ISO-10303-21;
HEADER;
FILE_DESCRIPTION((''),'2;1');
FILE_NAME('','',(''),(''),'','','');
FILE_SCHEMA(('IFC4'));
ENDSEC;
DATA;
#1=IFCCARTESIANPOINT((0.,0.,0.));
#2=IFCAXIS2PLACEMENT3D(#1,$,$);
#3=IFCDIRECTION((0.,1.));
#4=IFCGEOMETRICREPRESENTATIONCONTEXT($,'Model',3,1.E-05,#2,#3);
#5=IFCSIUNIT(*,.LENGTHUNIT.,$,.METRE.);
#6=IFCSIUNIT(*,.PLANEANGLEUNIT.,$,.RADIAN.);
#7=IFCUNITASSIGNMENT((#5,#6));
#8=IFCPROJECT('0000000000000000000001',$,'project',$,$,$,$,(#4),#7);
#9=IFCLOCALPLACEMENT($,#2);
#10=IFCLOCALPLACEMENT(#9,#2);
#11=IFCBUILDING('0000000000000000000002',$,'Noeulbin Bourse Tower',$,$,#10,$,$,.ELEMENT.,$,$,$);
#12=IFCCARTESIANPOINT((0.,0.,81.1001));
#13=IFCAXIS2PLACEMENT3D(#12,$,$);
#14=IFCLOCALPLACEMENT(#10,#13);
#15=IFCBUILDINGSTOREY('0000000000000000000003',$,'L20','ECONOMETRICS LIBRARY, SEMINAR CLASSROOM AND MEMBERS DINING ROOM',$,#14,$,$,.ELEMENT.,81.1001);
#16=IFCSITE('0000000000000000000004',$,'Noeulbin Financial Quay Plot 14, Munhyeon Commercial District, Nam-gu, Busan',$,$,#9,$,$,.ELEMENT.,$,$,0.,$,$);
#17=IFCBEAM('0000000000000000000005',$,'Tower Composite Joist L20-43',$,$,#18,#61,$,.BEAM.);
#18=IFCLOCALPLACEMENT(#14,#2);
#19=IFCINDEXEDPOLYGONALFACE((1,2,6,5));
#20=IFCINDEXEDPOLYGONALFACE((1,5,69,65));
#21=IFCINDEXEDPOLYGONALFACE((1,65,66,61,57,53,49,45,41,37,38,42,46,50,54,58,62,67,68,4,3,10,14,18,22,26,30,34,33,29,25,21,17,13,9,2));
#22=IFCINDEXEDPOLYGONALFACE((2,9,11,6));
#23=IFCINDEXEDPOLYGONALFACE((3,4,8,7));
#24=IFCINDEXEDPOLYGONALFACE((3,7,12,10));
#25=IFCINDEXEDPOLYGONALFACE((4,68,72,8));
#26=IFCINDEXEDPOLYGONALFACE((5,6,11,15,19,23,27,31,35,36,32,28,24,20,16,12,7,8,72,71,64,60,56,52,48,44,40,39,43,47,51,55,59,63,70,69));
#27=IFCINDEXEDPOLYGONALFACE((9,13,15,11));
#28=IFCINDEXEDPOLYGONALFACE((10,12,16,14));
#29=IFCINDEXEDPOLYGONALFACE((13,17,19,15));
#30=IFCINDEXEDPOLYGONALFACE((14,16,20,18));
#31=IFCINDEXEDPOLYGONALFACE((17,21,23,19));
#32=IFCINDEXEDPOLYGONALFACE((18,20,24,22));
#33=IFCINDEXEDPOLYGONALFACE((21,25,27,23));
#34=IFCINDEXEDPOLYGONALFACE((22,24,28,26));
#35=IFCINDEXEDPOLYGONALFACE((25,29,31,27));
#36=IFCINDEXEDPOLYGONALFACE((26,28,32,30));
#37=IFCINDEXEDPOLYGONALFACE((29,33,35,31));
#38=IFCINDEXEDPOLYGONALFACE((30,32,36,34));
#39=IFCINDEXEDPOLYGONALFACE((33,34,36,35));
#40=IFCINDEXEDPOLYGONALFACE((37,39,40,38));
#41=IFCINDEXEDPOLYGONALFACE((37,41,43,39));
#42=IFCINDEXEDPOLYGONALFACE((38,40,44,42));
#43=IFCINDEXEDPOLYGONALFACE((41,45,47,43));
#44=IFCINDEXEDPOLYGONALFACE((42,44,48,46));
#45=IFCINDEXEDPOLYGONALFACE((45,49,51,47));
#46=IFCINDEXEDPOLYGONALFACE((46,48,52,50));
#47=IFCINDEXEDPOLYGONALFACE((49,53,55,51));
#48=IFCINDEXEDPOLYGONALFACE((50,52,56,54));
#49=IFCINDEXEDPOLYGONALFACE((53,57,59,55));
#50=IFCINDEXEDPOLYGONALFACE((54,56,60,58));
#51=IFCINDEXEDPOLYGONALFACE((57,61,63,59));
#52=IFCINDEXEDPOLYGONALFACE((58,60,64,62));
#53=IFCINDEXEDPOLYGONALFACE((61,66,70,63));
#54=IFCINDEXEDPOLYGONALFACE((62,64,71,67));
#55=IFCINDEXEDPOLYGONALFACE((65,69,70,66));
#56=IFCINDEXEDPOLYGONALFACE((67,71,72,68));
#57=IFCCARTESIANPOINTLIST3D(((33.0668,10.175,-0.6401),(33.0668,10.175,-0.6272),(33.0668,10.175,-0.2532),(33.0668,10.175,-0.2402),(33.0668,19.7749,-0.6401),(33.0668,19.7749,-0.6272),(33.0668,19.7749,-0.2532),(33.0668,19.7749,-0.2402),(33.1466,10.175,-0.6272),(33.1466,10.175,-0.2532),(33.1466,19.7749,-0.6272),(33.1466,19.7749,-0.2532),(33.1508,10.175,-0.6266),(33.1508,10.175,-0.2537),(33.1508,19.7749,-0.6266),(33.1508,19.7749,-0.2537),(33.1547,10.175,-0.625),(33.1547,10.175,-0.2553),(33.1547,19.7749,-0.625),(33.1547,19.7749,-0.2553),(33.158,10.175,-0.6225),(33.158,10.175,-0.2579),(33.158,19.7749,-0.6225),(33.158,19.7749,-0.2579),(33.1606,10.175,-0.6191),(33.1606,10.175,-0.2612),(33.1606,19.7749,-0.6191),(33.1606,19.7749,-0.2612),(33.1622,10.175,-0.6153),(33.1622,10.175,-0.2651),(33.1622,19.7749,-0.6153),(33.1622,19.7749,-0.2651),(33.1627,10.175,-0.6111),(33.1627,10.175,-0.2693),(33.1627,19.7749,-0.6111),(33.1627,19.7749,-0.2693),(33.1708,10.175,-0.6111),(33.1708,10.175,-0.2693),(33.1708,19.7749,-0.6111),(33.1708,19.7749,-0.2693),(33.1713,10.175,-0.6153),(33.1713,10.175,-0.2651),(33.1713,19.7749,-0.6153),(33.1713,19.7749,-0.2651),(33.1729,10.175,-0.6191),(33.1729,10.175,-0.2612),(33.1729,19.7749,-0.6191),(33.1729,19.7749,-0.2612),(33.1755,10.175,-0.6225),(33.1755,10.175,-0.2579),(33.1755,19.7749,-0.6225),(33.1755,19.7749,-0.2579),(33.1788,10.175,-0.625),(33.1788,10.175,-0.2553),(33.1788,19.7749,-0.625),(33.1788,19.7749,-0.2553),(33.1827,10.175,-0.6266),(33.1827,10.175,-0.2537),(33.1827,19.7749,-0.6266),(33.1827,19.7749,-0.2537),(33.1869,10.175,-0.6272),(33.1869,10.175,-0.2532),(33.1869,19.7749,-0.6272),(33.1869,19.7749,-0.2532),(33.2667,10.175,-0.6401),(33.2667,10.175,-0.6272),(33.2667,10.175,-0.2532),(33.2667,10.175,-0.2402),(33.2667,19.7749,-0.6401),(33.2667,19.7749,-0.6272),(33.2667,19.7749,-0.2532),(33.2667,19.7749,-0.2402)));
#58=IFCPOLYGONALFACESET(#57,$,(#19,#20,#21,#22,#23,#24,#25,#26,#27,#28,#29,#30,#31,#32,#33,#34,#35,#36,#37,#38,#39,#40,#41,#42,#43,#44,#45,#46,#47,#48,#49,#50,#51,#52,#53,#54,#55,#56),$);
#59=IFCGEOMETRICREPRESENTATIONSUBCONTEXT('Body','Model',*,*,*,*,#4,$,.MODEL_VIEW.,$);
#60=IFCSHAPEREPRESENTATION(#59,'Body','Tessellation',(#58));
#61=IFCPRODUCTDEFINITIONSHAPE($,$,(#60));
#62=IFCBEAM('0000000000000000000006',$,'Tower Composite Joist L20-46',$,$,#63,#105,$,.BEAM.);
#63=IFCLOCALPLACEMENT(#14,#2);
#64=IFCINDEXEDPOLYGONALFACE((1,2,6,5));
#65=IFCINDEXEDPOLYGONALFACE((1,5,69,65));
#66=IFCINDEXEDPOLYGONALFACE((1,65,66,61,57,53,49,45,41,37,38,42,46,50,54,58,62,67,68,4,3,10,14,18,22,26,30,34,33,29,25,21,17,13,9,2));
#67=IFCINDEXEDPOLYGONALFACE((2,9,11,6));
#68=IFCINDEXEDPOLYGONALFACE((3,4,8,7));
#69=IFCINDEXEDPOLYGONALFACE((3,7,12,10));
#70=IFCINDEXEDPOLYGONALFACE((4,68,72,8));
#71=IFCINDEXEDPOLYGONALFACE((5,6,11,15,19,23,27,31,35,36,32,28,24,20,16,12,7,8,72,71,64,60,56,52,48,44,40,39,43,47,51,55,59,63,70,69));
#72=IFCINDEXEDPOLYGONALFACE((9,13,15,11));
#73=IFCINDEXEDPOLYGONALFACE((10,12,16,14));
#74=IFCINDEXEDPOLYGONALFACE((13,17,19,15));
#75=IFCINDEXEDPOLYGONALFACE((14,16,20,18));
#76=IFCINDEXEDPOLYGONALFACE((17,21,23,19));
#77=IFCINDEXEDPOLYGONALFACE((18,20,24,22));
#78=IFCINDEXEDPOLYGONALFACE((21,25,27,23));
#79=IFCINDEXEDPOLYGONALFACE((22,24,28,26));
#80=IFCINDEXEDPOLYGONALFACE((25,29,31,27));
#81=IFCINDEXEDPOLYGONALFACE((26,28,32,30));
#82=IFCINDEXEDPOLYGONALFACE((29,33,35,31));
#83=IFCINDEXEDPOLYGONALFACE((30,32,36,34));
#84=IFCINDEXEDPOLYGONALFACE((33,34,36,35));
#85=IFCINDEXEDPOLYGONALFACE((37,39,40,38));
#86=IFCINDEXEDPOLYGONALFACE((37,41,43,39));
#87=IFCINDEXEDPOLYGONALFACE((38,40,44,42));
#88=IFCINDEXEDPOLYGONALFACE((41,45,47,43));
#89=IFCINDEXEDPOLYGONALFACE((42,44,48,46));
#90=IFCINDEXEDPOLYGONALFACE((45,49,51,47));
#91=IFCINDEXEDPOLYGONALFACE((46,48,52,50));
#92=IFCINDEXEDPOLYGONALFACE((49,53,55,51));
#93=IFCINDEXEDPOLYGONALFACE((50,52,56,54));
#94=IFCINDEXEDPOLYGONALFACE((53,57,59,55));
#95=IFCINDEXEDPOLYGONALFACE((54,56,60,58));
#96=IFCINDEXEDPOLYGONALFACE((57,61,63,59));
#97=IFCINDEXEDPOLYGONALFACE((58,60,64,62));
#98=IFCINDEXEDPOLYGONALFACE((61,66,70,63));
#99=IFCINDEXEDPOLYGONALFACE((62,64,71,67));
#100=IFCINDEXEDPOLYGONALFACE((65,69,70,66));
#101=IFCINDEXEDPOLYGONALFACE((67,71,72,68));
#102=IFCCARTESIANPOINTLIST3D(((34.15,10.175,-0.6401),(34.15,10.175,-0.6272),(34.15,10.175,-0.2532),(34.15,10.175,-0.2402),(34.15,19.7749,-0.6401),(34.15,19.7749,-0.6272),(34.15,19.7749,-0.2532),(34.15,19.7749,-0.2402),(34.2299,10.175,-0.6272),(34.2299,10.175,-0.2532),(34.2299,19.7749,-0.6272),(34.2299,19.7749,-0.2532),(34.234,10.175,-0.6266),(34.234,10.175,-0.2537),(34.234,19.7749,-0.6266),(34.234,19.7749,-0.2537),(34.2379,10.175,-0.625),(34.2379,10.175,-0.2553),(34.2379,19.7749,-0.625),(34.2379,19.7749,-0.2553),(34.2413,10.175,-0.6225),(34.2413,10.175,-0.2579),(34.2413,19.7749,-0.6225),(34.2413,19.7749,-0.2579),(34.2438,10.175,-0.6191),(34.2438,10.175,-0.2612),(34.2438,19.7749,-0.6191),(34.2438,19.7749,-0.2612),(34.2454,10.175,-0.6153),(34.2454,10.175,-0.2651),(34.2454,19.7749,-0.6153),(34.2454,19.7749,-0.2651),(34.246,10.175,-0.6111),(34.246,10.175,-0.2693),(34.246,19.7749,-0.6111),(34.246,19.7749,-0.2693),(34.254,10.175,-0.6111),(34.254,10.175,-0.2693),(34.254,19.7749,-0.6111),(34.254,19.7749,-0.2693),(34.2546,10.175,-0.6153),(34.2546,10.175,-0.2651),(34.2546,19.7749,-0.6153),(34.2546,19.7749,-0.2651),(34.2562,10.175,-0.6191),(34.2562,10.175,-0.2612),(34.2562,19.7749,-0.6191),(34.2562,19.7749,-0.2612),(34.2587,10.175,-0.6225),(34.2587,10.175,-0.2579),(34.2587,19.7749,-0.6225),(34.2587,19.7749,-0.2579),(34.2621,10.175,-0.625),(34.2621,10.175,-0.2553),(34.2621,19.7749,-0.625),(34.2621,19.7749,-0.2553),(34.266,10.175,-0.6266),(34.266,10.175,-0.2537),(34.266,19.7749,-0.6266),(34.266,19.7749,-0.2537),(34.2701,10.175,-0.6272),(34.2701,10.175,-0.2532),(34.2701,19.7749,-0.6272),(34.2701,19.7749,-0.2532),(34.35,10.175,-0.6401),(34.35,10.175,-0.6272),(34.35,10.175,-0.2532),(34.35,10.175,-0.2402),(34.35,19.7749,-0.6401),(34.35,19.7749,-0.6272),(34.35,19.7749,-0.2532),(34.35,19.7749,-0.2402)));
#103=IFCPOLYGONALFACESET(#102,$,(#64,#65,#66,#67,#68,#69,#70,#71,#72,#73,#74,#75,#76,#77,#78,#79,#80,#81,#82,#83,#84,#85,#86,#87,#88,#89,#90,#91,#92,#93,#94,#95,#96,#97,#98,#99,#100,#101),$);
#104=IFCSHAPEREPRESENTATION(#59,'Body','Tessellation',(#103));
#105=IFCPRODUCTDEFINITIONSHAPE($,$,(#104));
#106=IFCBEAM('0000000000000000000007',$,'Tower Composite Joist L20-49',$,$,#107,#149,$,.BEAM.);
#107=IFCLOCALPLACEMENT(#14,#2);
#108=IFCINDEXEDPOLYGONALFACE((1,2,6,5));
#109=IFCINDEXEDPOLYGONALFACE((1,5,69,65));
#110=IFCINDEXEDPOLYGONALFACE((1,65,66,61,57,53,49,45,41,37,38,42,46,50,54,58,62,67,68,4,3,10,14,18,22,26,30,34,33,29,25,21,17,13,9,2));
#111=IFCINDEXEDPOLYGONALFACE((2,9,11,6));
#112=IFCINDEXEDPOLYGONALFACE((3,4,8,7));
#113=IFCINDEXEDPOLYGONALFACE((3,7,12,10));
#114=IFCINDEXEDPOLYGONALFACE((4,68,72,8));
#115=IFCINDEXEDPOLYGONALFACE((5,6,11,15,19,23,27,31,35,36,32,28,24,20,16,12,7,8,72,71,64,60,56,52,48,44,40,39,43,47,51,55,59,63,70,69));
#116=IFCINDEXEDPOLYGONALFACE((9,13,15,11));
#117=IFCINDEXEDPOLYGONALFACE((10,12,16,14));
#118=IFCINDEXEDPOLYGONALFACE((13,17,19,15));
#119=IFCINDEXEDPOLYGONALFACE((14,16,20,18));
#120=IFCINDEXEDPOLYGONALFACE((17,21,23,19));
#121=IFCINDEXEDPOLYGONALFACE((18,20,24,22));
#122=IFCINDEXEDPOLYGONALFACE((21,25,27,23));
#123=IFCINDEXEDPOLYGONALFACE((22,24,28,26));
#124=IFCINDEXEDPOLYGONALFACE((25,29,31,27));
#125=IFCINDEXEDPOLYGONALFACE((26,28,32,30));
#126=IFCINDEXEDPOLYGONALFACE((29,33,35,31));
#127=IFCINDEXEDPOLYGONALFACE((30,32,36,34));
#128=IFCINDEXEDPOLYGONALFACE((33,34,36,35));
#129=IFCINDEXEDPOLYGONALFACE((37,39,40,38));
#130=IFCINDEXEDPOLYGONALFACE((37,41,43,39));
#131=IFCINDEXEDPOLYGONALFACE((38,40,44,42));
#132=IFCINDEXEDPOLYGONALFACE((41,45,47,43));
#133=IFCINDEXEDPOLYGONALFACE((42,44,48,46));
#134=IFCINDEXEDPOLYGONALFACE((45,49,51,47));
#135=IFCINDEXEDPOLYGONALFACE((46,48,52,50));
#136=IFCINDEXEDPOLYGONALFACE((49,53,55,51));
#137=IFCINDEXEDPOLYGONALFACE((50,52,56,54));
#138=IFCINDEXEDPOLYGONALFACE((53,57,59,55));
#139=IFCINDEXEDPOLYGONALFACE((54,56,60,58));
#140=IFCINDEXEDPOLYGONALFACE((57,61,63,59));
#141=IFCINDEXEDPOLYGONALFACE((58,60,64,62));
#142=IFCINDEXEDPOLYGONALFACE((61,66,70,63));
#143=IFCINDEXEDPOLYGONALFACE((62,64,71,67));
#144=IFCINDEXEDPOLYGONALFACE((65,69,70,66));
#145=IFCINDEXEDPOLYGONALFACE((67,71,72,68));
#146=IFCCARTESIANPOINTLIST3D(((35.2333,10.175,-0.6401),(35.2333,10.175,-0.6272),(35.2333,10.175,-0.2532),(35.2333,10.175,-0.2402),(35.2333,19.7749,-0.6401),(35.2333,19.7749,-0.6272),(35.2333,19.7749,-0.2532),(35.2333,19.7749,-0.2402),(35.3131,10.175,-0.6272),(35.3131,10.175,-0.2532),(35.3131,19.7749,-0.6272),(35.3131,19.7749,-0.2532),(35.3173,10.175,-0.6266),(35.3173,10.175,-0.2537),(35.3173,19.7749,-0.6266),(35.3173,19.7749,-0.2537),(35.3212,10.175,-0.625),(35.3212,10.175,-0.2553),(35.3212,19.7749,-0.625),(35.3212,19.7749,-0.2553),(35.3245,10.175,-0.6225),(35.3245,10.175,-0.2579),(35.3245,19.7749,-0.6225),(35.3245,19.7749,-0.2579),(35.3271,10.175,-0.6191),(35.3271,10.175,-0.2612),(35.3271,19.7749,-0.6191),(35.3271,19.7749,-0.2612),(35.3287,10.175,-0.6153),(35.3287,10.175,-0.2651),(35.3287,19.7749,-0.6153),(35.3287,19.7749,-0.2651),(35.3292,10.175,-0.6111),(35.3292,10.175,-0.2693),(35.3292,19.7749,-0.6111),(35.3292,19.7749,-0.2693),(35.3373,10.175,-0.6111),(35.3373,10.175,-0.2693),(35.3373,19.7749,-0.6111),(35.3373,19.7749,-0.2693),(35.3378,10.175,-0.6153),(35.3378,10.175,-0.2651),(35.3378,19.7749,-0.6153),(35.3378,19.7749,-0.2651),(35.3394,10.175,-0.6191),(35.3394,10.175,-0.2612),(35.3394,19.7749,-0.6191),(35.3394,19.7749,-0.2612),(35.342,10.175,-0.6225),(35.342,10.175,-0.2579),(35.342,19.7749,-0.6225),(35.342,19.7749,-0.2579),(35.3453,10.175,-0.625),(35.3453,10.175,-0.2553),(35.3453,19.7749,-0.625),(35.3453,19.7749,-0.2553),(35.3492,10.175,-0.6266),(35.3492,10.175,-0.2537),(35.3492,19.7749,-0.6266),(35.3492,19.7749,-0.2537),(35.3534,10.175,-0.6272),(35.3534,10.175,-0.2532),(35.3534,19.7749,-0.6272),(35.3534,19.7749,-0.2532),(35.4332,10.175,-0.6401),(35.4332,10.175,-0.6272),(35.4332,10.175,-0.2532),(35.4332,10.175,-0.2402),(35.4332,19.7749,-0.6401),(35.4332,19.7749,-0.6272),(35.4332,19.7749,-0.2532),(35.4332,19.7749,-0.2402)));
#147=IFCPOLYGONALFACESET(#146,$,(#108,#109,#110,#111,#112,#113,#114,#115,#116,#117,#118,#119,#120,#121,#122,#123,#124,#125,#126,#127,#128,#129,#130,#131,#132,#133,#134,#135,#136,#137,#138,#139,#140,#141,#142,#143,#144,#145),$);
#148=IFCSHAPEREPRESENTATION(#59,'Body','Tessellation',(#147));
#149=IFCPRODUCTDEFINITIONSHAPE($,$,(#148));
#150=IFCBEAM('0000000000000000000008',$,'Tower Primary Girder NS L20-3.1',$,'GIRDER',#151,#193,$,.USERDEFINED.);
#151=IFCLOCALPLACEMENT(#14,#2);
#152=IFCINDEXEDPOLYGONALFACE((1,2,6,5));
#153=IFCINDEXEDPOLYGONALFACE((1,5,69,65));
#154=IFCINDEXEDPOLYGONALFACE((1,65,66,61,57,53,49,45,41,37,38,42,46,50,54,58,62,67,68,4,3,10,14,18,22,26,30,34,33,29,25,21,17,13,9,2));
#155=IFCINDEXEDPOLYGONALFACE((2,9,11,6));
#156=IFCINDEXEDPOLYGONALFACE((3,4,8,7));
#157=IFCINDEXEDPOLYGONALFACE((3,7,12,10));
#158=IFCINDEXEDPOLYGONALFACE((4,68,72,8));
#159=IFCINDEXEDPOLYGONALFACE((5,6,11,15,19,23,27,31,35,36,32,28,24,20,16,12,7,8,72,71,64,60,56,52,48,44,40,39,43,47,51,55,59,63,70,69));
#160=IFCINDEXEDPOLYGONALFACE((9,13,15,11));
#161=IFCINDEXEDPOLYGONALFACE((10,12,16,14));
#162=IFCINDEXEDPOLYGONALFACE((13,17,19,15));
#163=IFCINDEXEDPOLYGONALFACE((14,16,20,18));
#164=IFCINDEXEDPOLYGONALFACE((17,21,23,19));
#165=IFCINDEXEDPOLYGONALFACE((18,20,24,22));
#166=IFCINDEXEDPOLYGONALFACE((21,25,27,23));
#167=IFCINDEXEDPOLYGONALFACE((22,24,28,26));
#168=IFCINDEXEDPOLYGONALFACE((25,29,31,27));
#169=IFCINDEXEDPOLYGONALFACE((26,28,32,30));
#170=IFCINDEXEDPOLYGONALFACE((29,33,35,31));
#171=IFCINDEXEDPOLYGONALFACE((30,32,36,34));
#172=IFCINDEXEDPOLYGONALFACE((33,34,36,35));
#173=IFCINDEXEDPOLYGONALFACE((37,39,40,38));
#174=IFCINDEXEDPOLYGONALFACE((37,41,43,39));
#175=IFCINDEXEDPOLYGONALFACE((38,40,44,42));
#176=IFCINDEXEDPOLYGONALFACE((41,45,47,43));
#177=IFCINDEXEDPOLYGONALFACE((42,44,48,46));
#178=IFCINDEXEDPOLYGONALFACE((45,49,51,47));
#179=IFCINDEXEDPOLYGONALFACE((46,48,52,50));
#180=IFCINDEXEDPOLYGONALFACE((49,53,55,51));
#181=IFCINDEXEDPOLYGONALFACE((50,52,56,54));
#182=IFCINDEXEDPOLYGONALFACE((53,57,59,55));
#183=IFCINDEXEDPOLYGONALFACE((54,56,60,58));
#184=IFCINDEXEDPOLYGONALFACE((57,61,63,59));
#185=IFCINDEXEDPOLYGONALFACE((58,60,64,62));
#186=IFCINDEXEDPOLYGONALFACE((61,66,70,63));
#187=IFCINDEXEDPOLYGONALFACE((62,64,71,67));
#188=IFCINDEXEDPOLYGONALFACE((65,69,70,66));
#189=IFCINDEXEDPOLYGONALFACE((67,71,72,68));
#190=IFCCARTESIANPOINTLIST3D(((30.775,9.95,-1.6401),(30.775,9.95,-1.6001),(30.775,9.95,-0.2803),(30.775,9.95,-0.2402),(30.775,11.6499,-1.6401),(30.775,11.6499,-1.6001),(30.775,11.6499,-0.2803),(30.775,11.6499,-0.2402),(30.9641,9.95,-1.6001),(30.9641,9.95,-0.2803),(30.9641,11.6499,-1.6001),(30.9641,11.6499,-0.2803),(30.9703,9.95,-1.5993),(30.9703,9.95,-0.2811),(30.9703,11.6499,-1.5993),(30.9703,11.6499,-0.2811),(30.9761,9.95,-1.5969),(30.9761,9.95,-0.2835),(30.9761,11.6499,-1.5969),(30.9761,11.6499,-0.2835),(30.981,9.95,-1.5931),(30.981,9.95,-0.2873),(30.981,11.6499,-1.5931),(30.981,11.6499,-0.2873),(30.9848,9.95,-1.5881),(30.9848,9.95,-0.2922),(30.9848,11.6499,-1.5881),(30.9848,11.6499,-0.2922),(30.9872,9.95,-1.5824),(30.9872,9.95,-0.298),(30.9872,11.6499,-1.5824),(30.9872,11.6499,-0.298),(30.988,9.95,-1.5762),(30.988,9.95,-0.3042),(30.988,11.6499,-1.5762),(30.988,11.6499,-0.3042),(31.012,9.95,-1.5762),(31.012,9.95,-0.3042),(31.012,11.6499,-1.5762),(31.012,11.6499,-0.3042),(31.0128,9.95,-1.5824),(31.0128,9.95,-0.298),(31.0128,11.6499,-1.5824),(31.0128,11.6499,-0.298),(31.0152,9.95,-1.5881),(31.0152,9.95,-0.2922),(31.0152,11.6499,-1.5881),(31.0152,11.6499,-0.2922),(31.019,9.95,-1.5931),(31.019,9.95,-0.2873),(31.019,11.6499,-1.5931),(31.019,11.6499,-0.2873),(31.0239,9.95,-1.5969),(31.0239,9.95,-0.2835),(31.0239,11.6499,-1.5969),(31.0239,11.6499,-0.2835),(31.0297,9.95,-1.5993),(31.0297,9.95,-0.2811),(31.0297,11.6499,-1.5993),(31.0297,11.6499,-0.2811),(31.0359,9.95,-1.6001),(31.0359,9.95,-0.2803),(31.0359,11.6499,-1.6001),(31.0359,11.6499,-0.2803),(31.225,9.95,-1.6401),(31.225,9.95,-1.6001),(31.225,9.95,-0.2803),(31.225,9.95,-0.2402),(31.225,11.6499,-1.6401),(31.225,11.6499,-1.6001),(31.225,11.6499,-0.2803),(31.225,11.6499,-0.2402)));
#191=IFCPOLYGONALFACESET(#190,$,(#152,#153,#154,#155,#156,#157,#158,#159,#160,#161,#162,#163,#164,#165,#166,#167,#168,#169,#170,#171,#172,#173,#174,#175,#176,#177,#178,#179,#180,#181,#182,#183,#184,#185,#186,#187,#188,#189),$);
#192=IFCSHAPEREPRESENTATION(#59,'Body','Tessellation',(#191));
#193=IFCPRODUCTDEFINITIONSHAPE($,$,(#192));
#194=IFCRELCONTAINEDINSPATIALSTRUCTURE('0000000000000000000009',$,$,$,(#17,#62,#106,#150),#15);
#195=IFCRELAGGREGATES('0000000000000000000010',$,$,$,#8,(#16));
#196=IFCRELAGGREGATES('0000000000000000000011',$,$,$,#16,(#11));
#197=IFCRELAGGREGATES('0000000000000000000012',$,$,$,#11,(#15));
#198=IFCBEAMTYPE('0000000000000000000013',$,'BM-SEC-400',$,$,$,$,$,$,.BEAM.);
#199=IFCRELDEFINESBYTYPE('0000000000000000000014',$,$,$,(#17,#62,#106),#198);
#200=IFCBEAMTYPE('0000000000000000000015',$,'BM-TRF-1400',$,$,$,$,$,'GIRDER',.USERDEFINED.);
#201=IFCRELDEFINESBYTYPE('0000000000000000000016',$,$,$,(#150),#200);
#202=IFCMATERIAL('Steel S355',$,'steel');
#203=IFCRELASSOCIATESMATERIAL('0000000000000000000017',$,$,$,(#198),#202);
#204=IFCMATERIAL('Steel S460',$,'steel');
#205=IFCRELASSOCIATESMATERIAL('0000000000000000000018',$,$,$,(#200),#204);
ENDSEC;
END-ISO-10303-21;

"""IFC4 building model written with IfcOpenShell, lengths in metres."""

from ifc_helpers import new_model, si_unit, direction, frame, origin, origin_2d, place, context, subcontext, project, spatial, i_section, extrude, material, material_profile, profile_set, type_object, element, save


model = new_model("IFC4")

# Units and contexts
model_context = context("Model", 3, precision=1e-05, world=origin(), true_north=direction((0.0, 1.0)))
body_context = subcontext(model_context, "Body", "Model", "MODEL_VIEW")
ifc_project = project(units=[si_unit("LENGTHUNIT", "METRE"), si_unit("PLANEANGLEUNIT", "RADIAN")], contexts=[model_context])

# Site, building, storey
site_placement = place(None, origin())
site = spatial("IfcSite", under=ifc_project, at=site_placement, Name="Noeulbin Financial Quay Plot 14, Munhyeon Commercial District, Nam-gu, Busan", CompositionType="ELEMENT", RefElevation=0.0)
building_placement = place(site_placement, origin())
building = spatial("IfcBuilding", under=site, at=building_placement, Name="Noeulbin Bourse Tower", CompositionType="ELEMENT")
storey_placement = place(building_placement, frame((0.0, 0.0, 81.1001)))
storey = spatial("IfcBuildingStorey", under=building, at=storey_placement, Name="L20", Description="ECONOMETRICS LIBRARY, SEMINAR CLASSROOM AND MEMBERS DINING ROOM", CompositionType="ELEMENT", Elevation=81.1001)

# Shared definitions
ifc_material_1 = material(Name="Steel S460", Category="steel")

# Beams
ifc_material_2 = material(Name="Steel S355", Category="steel")
ifc_material_profile_1 = material_profile(ifc_material_2, i_section(OverallWidth=0.2, OverallDepth=0.3999, WebThickness=0.0081, FlangeThickness=0.0129, FilletRadius=0.0161, at=origin_2d()), Name="H-400x200x8x13", Category="LoadBearing")
ifc_profile_set_1 = profile_set([ifc_material_profile_1], Name="Steel S355")
beam_type_1 = type_object("IfcBeamType", Name="BM-SEC-400", PredefinedType="BEAM", material=ifc_profile_set_1)
for number, where, z_axis, x_axis, name in (
    (1, (33.1667, 10.175, -0.4402), (0.0, 1.0, 0.0), (-1.0, 0.0, 0.0), "Tower Composite Joist L20-43"),
    (2, (34.25, 10.175, -0.4402), (0.0, 1.0, 0.0), (-1.0, 0.0, 0.0), "Tower Composite Joist L20-46"),
    (3, (35.3333, 10.175, -0.4402), (0.0, 1.0, 0.0), (-1.0, 0.0, 0.0), "Tower Composite Joist L20-49"),
):
    element("IfcBeam", number, at=place(storey_placement, frame(where, z_axis=z_axis, x_axis=x_axis)), inside=storey, type_object=beam_type_1, Name=name, PredefinedType="BEAM", context=body_context, shape_type="SweptSolid", body=[
        extrude(i_section(OverallWidth=0.2, OverallDepth=0.3999, WebThickness=0.0081, FlangeThickness=0.0129, FilletRadius=0.0161, at=origin_2d()), origin(), (0.0, 0.0, 1.0), 9.5999),
    ])
ifc_material_profile_2 = material_profile(ifc_material_1, i_section(OverallWidth=0.45, OverallDepth=1.3999, WebThickness=0.0239, FlangeThickness=0.04, FilletRadius=0.0239, at=origin_2d()), Name="PG-1400x450x24x40", Category="LoadBearing")
ifc_profile_set_2 = profile_set([ifc_material_profile_2], Name="Steel S460")
beam_type_2 = type_object("IfcBeamType", Name="BM-TRF-1400", ElementType="GIRDER", PredefinedType="USERDEFINED", material=ifc_profile_set_2)
for number, where, z_axis, x_axis, name in (
    (4, (31.0, 9.95, -0.9402), (0.0, 1.0, 0.0), (-1.0, 0.0, 0.0), "Tower Primary Girder NS L20-3.1"),
):
    element("IfcBeam", number, at=place(storey_placement, frame(where, z_axis=z_axis, x_axis=x_axis)), inside=storey, type_object=beam_type_2, Name=name, ObjectType="GIRDER", PredefinedType="USERDEFINED", context=body_context, shape_type="SweptSolid", body=[
        extrude(i_section(OverallWidth=0.45, OverallDepth=1.3999, WebThickness=0.0239, FlangeThickness=0.04, FilletRadius=0.0239, at=origin_2d()), origin(), (0.0, 0.0, 1.0), 1.7),
    ])

save(model, "model.ifc")
